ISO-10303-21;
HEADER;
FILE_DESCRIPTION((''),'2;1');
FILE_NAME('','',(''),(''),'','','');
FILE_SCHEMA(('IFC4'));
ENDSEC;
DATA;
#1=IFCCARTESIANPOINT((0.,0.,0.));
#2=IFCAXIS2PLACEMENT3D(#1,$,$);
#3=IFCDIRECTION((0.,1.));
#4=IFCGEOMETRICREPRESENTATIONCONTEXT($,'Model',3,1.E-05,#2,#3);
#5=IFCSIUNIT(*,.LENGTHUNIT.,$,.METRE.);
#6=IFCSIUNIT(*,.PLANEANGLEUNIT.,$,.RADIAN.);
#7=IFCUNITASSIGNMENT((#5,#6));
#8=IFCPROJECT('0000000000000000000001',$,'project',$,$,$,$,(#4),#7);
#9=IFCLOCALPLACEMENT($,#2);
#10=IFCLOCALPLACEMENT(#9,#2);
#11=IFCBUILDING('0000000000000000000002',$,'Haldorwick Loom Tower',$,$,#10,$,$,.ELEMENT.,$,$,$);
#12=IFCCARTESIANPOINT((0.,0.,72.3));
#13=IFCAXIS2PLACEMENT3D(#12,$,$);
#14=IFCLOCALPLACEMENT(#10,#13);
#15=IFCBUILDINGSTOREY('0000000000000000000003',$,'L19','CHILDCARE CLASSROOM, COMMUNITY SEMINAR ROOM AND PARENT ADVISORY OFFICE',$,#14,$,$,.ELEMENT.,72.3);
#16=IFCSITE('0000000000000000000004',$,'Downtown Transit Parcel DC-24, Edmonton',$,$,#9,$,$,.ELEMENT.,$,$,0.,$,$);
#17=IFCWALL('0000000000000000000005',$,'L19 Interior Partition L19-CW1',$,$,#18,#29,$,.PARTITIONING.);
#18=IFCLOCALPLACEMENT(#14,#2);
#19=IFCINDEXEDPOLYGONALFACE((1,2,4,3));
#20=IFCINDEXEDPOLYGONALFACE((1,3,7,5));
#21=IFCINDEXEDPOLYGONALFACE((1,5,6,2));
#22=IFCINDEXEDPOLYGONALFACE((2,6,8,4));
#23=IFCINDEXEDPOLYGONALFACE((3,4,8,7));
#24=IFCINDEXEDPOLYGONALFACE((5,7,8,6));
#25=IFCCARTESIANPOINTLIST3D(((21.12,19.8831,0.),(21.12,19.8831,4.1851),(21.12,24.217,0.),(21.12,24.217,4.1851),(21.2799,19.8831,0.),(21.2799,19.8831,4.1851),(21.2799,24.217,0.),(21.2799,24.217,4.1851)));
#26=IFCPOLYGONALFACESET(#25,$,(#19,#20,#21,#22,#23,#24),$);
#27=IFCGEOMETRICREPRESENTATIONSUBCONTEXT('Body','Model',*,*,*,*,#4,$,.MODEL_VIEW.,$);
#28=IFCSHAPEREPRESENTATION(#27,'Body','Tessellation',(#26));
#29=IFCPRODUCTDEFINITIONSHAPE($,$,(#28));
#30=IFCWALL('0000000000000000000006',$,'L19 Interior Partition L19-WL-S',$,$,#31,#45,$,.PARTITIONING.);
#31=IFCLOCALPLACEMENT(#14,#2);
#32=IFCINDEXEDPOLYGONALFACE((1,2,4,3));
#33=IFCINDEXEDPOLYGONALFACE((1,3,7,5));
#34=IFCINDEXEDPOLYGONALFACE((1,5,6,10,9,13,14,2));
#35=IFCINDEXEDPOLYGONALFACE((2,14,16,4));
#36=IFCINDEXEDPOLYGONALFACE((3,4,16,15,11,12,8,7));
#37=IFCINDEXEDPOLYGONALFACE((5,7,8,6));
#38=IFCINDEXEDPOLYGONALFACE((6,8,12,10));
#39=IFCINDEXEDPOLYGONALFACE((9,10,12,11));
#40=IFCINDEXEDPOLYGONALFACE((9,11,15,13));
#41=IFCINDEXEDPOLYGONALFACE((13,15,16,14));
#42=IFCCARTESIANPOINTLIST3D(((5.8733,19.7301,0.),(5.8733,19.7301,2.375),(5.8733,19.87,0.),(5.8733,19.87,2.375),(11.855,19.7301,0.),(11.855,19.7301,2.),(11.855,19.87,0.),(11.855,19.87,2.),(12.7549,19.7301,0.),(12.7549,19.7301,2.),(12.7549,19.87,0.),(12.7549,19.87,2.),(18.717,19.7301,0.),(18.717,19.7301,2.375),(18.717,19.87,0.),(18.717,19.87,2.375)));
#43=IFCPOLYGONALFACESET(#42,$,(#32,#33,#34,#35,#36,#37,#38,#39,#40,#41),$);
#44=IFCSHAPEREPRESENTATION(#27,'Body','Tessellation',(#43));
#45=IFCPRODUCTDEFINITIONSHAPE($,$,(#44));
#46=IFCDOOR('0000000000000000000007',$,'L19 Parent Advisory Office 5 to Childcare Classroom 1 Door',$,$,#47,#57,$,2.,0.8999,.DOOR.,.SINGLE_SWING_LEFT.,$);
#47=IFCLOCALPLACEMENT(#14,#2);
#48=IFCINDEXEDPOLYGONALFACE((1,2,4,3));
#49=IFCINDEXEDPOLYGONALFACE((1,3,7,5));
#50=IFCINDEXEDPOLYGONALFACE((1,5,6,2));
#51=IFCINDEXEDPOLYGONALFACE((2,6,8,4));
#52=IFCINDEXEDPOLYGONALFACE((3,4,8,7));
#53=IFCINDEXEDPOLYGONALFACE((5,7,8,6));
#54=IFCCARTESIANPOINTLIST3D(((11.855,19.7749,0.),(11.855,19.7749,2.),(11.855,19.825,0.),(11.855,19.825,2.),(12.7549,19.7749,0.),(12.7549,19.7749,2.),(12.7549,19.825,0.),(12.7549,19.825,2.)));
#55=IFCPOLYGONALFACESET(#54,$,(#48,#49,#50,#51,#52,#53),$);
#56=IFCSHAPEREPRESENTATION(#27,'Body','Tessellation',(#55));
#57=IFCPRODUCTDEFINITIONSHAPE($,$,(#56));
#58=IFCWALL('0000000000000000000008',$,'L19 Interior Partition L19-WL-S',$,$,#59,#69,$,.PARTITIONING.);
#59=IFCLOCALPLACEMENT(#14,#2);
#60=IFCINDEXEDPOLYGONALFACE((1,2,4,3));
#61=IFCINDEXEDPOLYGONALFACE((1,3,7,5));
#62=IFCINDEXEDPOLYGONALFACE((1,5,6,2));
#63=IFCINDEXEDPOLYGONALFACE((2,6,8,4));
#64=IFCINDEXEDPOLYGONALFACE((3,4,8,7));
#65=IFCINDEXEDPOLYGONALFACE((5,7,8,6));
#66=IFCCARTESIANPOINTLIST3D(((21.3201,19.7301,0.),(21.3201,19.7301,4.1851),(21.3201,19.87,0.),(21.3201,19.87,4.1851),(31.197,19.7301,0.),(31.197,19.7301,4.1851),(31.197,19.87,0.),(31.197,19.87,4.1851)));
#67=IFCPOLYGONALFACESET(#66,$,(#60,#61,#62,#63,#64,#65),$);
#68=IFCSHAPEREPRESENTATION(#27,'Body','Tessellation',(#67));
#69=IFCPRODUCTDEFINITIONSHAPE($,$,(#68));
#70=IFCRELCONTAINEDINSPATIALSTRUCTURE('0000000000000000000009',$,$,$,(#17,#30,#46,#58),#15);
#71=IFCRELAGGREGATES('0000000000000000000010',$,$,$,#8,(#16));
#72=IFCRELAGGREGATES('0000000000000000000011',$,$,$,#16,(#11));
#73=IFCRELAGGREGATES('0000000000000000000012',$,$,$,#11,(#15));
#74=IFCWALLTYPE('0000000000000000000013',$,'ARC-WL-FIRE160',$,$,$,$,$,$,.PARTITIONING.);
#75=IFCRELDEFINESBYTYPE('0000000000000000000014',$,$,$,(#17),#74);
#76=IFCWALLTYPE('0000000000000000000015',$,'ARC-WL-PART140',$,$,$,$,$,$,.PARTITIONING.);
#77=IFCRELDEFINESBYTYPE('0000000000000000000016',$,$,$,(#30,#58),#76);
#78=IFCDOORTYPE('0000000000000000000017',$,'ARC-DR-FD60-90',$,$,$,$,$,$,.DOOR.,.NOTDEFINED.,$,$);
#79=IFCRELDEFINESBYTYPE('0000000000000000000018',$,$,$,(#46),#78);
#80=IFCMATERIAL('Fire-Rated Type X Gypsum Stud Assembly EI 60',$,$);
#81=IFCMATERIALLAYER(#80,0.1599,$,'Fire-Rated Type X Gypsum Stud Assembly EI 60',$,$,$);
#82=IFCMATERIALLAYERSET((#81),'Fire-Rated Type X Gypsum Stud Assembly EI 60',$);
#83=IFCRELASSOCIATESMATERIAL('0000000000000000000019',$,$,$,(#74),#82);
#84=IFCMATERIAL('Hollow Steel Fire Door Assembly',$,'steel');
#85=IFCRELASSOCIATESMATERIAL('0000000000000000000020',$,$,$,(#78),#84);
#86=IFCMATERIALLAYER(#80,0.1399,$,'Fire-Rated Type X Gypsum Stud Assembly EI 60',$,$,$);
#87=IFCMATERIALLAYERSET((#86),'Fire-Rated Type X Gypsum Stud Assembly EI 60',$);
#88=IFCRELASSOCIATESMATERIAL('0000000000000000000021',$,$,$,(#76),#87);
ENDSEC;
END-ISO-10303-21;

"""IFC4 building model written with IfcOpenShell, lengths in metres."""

from ifc_helpers import new_model, si_unit, direction, frame, frame_2d, origin, place, context, subcontext, project, spatial, rectangle, extrude, material, layer, layer_set, type_object, element, fill, save


model = new_model("IFC4")

# Units and contexts
model_context = context("Model", 3, precision=1e-05, world=origin(), true_north=direction((0.0, 1.0)))
body_context = subcontext(model_context, "Body", "Model", "MODEL_VIEW")
ifc_project = project(units=[si_unit("LENGTHUNIT", "METRE"), si_unit("PLANEANGLEUNIT", "RADIAN")], contexts=[model_context])

# Site, building, storey
site_placement = place(None, origin())
site = spatial("IfcSite", under=ifc_project, at=site_placement, Name="Downtown Transit Parcel DC-24, Edmonton", CompositionType="ELEMENT", RefElevation=0.0)
building_placement = place(site_placement, origin())
building = spatial("IfcBuilding", under=site, at=building_placement, Name="Haldorwick Loom Tower", CompositionType="ELEMENT")
storey_placement = place(building_placement, frame((0.0, 0.0, 72.3)))
storey = spatial("IfcBuildingStorey", under=building, at=storey_placement, Name="L19", Description="CHILDCARE CLASSROOM, COMMUNITY SEMINAR ROOM AND PARENT ADVISORY OFFICE", CompositionType="ELEMENT", Elevation=72.3)

# Shared definitions
ifc_material_1 = material(Name="Fire-Rated Type X Gypsum Stud Assembly EI 60")
ifc_layer_1 = layer(ifc_material_1, 0.1599, Name="Fire-Rated Type X Gypsum Stud Assembly EI 60")
ifc_layer_set_1 = layer_set([ifc_layer_1], Name="Fire-Rated Type X Gypsum Stud Assembly EI 60")
wall_type_1 = type_object("IfcWallType", Name="ARC-WL-FIRE160", PredefinedType="PARTITIONING", material=ifc_layer_set_1)
ifc_material_2 = material(Name="Hollow Steel Fire Door Assembly", Category="steel")
door_type = type_object("IfcDoorType", Name="ARC-DR-FD60-90", OperationType="NOTDEFINED", PredefinedType="DOOR", material=ifc_material_2)

# Wall
wall_1_placement = place(storey_placement, frame((21.2, 19.8831, 0.0), z_axis=(0.0, 0.0, 1.0), x_axis=(0.0, 1.0, 0.0)))
element("IfcWall", 1, at=wall_1_placement, inside=storey, type_object=wall_type_1, Name="L19 Interior Partition L19-CW1", PredefinedType="PARTITIONING", context=body_context, shape_type="SweptSolid", body=[
    extrude(rectangle(XDim=4.334, YDim=0.1599, at=frame_2d((2.167, 0.0))), origin(), (0.0, 0.0, 1.0), 4.1851),
])

# Wall, opening, door
ifc_layer_2 = layer(ifc_material_1, 0.1399, Name="Fire-Rated Type X Gypsum Stud Assembly EI 60")
ifc_layer_set_2 = layer_set([ifc_layer_2], Name="Fire-Rated Type X Gypsum Stud Assembly EI 60")
wall_type_2 = type_object("IfcWallType", Name="ARC-WL-PART140", PredefinedType="PARTITIONING", material=ifc_layer_set_2)
wall_2_placement = place(storey_placement, frame((5.8733, 19.8, 0.0), z_axis=(0.0, 0.0, 1.0), x_axis=(1.0, 0.0, 0.0)))
wall_2 = element("IfcWall", 2, at=wall_2_placement, inside=storey, type_object=wall_type_2, Name="L19 Interior Partition L19-WL-S", PredefinedType="PARTITIONING", context=body_context, shape_type="SweptSolid", body=[
    extrude(rectangle(XDim=12.8438, YDim=0.1399, at=frame_2d((6.4219, 0.0))), origin(), (0.0, 0.0, 1.0), 2.375),
])
opening_1_placement = place(wall_2_placement, frame((5.9817, 0.0, 0.0)))
opening_1 = element("IfcOpeningElement", 3, at=opening_1_placement, cuts=wall_2, PredefinedType="OPENING", context=body_context, shape_type="SweptSolid", body=[
    extrude(rectangle(XDim=0.8999, YDim=2.0, at=frame_2d((0.45, 1.0))), frame((0.0, 0.0798, 0.0), z_axis=(0.0, -1.0, 0.0), x_axis=(1.0, 0.0, 0.0)), (0.0, 0.0, 1.0), 0.1599),
])
door_1_placement = place(opening_1_placement, origin())
door_1 = element("IfcDoor", 4, at=door_1_placement, inside=storey, type_object=door_type, Name="L19 Parent Advisory Office 5 to Childcare Classroom 1 Door", OperationType="SINGLE_SWING_LEFT", OverallHeight=2.0, OverallWidth=0.8999, PredefinedType="DOOR", context=body_context, shape_type="SweptSolid", body=[
    extrude(rectangle(XDim=0.8999, YDim=2.0, at=frame_2d((0.45, 1.0))), frame((0.0, 0.0249, 0.0), z_axis=(0.0, -1.0, 0.0), x_axis=(1.0, 0.0, 0.0)), (0.0, 0.0, 1.0), 0.05),
])
fill(opening_1, door_1)

# Wall
wall_3_placement = place(storey_placement, frame((21.3201, 19.8, 0.0), z_axis=(0.0, 0.0, 1.0), x_axis=(1.0, 0.0, 0.0)))
element("IfcWall", 5, at=wall_3_placement, inside=storey, type_object=wall_type_2, Name="L19 Interior Partition L19-WL-S", PredefinedType="PARTITIONING", context=body_context, shape_type="SweptSolid", body=[
    extrude(rectangle(XDim=9.877, YDim=0.1399, at=frame_2d((4.9385, 0.0))), origin(), (0.0, 0.0, 1.0), 4.1851),
])

save(model, "model.ifc")
